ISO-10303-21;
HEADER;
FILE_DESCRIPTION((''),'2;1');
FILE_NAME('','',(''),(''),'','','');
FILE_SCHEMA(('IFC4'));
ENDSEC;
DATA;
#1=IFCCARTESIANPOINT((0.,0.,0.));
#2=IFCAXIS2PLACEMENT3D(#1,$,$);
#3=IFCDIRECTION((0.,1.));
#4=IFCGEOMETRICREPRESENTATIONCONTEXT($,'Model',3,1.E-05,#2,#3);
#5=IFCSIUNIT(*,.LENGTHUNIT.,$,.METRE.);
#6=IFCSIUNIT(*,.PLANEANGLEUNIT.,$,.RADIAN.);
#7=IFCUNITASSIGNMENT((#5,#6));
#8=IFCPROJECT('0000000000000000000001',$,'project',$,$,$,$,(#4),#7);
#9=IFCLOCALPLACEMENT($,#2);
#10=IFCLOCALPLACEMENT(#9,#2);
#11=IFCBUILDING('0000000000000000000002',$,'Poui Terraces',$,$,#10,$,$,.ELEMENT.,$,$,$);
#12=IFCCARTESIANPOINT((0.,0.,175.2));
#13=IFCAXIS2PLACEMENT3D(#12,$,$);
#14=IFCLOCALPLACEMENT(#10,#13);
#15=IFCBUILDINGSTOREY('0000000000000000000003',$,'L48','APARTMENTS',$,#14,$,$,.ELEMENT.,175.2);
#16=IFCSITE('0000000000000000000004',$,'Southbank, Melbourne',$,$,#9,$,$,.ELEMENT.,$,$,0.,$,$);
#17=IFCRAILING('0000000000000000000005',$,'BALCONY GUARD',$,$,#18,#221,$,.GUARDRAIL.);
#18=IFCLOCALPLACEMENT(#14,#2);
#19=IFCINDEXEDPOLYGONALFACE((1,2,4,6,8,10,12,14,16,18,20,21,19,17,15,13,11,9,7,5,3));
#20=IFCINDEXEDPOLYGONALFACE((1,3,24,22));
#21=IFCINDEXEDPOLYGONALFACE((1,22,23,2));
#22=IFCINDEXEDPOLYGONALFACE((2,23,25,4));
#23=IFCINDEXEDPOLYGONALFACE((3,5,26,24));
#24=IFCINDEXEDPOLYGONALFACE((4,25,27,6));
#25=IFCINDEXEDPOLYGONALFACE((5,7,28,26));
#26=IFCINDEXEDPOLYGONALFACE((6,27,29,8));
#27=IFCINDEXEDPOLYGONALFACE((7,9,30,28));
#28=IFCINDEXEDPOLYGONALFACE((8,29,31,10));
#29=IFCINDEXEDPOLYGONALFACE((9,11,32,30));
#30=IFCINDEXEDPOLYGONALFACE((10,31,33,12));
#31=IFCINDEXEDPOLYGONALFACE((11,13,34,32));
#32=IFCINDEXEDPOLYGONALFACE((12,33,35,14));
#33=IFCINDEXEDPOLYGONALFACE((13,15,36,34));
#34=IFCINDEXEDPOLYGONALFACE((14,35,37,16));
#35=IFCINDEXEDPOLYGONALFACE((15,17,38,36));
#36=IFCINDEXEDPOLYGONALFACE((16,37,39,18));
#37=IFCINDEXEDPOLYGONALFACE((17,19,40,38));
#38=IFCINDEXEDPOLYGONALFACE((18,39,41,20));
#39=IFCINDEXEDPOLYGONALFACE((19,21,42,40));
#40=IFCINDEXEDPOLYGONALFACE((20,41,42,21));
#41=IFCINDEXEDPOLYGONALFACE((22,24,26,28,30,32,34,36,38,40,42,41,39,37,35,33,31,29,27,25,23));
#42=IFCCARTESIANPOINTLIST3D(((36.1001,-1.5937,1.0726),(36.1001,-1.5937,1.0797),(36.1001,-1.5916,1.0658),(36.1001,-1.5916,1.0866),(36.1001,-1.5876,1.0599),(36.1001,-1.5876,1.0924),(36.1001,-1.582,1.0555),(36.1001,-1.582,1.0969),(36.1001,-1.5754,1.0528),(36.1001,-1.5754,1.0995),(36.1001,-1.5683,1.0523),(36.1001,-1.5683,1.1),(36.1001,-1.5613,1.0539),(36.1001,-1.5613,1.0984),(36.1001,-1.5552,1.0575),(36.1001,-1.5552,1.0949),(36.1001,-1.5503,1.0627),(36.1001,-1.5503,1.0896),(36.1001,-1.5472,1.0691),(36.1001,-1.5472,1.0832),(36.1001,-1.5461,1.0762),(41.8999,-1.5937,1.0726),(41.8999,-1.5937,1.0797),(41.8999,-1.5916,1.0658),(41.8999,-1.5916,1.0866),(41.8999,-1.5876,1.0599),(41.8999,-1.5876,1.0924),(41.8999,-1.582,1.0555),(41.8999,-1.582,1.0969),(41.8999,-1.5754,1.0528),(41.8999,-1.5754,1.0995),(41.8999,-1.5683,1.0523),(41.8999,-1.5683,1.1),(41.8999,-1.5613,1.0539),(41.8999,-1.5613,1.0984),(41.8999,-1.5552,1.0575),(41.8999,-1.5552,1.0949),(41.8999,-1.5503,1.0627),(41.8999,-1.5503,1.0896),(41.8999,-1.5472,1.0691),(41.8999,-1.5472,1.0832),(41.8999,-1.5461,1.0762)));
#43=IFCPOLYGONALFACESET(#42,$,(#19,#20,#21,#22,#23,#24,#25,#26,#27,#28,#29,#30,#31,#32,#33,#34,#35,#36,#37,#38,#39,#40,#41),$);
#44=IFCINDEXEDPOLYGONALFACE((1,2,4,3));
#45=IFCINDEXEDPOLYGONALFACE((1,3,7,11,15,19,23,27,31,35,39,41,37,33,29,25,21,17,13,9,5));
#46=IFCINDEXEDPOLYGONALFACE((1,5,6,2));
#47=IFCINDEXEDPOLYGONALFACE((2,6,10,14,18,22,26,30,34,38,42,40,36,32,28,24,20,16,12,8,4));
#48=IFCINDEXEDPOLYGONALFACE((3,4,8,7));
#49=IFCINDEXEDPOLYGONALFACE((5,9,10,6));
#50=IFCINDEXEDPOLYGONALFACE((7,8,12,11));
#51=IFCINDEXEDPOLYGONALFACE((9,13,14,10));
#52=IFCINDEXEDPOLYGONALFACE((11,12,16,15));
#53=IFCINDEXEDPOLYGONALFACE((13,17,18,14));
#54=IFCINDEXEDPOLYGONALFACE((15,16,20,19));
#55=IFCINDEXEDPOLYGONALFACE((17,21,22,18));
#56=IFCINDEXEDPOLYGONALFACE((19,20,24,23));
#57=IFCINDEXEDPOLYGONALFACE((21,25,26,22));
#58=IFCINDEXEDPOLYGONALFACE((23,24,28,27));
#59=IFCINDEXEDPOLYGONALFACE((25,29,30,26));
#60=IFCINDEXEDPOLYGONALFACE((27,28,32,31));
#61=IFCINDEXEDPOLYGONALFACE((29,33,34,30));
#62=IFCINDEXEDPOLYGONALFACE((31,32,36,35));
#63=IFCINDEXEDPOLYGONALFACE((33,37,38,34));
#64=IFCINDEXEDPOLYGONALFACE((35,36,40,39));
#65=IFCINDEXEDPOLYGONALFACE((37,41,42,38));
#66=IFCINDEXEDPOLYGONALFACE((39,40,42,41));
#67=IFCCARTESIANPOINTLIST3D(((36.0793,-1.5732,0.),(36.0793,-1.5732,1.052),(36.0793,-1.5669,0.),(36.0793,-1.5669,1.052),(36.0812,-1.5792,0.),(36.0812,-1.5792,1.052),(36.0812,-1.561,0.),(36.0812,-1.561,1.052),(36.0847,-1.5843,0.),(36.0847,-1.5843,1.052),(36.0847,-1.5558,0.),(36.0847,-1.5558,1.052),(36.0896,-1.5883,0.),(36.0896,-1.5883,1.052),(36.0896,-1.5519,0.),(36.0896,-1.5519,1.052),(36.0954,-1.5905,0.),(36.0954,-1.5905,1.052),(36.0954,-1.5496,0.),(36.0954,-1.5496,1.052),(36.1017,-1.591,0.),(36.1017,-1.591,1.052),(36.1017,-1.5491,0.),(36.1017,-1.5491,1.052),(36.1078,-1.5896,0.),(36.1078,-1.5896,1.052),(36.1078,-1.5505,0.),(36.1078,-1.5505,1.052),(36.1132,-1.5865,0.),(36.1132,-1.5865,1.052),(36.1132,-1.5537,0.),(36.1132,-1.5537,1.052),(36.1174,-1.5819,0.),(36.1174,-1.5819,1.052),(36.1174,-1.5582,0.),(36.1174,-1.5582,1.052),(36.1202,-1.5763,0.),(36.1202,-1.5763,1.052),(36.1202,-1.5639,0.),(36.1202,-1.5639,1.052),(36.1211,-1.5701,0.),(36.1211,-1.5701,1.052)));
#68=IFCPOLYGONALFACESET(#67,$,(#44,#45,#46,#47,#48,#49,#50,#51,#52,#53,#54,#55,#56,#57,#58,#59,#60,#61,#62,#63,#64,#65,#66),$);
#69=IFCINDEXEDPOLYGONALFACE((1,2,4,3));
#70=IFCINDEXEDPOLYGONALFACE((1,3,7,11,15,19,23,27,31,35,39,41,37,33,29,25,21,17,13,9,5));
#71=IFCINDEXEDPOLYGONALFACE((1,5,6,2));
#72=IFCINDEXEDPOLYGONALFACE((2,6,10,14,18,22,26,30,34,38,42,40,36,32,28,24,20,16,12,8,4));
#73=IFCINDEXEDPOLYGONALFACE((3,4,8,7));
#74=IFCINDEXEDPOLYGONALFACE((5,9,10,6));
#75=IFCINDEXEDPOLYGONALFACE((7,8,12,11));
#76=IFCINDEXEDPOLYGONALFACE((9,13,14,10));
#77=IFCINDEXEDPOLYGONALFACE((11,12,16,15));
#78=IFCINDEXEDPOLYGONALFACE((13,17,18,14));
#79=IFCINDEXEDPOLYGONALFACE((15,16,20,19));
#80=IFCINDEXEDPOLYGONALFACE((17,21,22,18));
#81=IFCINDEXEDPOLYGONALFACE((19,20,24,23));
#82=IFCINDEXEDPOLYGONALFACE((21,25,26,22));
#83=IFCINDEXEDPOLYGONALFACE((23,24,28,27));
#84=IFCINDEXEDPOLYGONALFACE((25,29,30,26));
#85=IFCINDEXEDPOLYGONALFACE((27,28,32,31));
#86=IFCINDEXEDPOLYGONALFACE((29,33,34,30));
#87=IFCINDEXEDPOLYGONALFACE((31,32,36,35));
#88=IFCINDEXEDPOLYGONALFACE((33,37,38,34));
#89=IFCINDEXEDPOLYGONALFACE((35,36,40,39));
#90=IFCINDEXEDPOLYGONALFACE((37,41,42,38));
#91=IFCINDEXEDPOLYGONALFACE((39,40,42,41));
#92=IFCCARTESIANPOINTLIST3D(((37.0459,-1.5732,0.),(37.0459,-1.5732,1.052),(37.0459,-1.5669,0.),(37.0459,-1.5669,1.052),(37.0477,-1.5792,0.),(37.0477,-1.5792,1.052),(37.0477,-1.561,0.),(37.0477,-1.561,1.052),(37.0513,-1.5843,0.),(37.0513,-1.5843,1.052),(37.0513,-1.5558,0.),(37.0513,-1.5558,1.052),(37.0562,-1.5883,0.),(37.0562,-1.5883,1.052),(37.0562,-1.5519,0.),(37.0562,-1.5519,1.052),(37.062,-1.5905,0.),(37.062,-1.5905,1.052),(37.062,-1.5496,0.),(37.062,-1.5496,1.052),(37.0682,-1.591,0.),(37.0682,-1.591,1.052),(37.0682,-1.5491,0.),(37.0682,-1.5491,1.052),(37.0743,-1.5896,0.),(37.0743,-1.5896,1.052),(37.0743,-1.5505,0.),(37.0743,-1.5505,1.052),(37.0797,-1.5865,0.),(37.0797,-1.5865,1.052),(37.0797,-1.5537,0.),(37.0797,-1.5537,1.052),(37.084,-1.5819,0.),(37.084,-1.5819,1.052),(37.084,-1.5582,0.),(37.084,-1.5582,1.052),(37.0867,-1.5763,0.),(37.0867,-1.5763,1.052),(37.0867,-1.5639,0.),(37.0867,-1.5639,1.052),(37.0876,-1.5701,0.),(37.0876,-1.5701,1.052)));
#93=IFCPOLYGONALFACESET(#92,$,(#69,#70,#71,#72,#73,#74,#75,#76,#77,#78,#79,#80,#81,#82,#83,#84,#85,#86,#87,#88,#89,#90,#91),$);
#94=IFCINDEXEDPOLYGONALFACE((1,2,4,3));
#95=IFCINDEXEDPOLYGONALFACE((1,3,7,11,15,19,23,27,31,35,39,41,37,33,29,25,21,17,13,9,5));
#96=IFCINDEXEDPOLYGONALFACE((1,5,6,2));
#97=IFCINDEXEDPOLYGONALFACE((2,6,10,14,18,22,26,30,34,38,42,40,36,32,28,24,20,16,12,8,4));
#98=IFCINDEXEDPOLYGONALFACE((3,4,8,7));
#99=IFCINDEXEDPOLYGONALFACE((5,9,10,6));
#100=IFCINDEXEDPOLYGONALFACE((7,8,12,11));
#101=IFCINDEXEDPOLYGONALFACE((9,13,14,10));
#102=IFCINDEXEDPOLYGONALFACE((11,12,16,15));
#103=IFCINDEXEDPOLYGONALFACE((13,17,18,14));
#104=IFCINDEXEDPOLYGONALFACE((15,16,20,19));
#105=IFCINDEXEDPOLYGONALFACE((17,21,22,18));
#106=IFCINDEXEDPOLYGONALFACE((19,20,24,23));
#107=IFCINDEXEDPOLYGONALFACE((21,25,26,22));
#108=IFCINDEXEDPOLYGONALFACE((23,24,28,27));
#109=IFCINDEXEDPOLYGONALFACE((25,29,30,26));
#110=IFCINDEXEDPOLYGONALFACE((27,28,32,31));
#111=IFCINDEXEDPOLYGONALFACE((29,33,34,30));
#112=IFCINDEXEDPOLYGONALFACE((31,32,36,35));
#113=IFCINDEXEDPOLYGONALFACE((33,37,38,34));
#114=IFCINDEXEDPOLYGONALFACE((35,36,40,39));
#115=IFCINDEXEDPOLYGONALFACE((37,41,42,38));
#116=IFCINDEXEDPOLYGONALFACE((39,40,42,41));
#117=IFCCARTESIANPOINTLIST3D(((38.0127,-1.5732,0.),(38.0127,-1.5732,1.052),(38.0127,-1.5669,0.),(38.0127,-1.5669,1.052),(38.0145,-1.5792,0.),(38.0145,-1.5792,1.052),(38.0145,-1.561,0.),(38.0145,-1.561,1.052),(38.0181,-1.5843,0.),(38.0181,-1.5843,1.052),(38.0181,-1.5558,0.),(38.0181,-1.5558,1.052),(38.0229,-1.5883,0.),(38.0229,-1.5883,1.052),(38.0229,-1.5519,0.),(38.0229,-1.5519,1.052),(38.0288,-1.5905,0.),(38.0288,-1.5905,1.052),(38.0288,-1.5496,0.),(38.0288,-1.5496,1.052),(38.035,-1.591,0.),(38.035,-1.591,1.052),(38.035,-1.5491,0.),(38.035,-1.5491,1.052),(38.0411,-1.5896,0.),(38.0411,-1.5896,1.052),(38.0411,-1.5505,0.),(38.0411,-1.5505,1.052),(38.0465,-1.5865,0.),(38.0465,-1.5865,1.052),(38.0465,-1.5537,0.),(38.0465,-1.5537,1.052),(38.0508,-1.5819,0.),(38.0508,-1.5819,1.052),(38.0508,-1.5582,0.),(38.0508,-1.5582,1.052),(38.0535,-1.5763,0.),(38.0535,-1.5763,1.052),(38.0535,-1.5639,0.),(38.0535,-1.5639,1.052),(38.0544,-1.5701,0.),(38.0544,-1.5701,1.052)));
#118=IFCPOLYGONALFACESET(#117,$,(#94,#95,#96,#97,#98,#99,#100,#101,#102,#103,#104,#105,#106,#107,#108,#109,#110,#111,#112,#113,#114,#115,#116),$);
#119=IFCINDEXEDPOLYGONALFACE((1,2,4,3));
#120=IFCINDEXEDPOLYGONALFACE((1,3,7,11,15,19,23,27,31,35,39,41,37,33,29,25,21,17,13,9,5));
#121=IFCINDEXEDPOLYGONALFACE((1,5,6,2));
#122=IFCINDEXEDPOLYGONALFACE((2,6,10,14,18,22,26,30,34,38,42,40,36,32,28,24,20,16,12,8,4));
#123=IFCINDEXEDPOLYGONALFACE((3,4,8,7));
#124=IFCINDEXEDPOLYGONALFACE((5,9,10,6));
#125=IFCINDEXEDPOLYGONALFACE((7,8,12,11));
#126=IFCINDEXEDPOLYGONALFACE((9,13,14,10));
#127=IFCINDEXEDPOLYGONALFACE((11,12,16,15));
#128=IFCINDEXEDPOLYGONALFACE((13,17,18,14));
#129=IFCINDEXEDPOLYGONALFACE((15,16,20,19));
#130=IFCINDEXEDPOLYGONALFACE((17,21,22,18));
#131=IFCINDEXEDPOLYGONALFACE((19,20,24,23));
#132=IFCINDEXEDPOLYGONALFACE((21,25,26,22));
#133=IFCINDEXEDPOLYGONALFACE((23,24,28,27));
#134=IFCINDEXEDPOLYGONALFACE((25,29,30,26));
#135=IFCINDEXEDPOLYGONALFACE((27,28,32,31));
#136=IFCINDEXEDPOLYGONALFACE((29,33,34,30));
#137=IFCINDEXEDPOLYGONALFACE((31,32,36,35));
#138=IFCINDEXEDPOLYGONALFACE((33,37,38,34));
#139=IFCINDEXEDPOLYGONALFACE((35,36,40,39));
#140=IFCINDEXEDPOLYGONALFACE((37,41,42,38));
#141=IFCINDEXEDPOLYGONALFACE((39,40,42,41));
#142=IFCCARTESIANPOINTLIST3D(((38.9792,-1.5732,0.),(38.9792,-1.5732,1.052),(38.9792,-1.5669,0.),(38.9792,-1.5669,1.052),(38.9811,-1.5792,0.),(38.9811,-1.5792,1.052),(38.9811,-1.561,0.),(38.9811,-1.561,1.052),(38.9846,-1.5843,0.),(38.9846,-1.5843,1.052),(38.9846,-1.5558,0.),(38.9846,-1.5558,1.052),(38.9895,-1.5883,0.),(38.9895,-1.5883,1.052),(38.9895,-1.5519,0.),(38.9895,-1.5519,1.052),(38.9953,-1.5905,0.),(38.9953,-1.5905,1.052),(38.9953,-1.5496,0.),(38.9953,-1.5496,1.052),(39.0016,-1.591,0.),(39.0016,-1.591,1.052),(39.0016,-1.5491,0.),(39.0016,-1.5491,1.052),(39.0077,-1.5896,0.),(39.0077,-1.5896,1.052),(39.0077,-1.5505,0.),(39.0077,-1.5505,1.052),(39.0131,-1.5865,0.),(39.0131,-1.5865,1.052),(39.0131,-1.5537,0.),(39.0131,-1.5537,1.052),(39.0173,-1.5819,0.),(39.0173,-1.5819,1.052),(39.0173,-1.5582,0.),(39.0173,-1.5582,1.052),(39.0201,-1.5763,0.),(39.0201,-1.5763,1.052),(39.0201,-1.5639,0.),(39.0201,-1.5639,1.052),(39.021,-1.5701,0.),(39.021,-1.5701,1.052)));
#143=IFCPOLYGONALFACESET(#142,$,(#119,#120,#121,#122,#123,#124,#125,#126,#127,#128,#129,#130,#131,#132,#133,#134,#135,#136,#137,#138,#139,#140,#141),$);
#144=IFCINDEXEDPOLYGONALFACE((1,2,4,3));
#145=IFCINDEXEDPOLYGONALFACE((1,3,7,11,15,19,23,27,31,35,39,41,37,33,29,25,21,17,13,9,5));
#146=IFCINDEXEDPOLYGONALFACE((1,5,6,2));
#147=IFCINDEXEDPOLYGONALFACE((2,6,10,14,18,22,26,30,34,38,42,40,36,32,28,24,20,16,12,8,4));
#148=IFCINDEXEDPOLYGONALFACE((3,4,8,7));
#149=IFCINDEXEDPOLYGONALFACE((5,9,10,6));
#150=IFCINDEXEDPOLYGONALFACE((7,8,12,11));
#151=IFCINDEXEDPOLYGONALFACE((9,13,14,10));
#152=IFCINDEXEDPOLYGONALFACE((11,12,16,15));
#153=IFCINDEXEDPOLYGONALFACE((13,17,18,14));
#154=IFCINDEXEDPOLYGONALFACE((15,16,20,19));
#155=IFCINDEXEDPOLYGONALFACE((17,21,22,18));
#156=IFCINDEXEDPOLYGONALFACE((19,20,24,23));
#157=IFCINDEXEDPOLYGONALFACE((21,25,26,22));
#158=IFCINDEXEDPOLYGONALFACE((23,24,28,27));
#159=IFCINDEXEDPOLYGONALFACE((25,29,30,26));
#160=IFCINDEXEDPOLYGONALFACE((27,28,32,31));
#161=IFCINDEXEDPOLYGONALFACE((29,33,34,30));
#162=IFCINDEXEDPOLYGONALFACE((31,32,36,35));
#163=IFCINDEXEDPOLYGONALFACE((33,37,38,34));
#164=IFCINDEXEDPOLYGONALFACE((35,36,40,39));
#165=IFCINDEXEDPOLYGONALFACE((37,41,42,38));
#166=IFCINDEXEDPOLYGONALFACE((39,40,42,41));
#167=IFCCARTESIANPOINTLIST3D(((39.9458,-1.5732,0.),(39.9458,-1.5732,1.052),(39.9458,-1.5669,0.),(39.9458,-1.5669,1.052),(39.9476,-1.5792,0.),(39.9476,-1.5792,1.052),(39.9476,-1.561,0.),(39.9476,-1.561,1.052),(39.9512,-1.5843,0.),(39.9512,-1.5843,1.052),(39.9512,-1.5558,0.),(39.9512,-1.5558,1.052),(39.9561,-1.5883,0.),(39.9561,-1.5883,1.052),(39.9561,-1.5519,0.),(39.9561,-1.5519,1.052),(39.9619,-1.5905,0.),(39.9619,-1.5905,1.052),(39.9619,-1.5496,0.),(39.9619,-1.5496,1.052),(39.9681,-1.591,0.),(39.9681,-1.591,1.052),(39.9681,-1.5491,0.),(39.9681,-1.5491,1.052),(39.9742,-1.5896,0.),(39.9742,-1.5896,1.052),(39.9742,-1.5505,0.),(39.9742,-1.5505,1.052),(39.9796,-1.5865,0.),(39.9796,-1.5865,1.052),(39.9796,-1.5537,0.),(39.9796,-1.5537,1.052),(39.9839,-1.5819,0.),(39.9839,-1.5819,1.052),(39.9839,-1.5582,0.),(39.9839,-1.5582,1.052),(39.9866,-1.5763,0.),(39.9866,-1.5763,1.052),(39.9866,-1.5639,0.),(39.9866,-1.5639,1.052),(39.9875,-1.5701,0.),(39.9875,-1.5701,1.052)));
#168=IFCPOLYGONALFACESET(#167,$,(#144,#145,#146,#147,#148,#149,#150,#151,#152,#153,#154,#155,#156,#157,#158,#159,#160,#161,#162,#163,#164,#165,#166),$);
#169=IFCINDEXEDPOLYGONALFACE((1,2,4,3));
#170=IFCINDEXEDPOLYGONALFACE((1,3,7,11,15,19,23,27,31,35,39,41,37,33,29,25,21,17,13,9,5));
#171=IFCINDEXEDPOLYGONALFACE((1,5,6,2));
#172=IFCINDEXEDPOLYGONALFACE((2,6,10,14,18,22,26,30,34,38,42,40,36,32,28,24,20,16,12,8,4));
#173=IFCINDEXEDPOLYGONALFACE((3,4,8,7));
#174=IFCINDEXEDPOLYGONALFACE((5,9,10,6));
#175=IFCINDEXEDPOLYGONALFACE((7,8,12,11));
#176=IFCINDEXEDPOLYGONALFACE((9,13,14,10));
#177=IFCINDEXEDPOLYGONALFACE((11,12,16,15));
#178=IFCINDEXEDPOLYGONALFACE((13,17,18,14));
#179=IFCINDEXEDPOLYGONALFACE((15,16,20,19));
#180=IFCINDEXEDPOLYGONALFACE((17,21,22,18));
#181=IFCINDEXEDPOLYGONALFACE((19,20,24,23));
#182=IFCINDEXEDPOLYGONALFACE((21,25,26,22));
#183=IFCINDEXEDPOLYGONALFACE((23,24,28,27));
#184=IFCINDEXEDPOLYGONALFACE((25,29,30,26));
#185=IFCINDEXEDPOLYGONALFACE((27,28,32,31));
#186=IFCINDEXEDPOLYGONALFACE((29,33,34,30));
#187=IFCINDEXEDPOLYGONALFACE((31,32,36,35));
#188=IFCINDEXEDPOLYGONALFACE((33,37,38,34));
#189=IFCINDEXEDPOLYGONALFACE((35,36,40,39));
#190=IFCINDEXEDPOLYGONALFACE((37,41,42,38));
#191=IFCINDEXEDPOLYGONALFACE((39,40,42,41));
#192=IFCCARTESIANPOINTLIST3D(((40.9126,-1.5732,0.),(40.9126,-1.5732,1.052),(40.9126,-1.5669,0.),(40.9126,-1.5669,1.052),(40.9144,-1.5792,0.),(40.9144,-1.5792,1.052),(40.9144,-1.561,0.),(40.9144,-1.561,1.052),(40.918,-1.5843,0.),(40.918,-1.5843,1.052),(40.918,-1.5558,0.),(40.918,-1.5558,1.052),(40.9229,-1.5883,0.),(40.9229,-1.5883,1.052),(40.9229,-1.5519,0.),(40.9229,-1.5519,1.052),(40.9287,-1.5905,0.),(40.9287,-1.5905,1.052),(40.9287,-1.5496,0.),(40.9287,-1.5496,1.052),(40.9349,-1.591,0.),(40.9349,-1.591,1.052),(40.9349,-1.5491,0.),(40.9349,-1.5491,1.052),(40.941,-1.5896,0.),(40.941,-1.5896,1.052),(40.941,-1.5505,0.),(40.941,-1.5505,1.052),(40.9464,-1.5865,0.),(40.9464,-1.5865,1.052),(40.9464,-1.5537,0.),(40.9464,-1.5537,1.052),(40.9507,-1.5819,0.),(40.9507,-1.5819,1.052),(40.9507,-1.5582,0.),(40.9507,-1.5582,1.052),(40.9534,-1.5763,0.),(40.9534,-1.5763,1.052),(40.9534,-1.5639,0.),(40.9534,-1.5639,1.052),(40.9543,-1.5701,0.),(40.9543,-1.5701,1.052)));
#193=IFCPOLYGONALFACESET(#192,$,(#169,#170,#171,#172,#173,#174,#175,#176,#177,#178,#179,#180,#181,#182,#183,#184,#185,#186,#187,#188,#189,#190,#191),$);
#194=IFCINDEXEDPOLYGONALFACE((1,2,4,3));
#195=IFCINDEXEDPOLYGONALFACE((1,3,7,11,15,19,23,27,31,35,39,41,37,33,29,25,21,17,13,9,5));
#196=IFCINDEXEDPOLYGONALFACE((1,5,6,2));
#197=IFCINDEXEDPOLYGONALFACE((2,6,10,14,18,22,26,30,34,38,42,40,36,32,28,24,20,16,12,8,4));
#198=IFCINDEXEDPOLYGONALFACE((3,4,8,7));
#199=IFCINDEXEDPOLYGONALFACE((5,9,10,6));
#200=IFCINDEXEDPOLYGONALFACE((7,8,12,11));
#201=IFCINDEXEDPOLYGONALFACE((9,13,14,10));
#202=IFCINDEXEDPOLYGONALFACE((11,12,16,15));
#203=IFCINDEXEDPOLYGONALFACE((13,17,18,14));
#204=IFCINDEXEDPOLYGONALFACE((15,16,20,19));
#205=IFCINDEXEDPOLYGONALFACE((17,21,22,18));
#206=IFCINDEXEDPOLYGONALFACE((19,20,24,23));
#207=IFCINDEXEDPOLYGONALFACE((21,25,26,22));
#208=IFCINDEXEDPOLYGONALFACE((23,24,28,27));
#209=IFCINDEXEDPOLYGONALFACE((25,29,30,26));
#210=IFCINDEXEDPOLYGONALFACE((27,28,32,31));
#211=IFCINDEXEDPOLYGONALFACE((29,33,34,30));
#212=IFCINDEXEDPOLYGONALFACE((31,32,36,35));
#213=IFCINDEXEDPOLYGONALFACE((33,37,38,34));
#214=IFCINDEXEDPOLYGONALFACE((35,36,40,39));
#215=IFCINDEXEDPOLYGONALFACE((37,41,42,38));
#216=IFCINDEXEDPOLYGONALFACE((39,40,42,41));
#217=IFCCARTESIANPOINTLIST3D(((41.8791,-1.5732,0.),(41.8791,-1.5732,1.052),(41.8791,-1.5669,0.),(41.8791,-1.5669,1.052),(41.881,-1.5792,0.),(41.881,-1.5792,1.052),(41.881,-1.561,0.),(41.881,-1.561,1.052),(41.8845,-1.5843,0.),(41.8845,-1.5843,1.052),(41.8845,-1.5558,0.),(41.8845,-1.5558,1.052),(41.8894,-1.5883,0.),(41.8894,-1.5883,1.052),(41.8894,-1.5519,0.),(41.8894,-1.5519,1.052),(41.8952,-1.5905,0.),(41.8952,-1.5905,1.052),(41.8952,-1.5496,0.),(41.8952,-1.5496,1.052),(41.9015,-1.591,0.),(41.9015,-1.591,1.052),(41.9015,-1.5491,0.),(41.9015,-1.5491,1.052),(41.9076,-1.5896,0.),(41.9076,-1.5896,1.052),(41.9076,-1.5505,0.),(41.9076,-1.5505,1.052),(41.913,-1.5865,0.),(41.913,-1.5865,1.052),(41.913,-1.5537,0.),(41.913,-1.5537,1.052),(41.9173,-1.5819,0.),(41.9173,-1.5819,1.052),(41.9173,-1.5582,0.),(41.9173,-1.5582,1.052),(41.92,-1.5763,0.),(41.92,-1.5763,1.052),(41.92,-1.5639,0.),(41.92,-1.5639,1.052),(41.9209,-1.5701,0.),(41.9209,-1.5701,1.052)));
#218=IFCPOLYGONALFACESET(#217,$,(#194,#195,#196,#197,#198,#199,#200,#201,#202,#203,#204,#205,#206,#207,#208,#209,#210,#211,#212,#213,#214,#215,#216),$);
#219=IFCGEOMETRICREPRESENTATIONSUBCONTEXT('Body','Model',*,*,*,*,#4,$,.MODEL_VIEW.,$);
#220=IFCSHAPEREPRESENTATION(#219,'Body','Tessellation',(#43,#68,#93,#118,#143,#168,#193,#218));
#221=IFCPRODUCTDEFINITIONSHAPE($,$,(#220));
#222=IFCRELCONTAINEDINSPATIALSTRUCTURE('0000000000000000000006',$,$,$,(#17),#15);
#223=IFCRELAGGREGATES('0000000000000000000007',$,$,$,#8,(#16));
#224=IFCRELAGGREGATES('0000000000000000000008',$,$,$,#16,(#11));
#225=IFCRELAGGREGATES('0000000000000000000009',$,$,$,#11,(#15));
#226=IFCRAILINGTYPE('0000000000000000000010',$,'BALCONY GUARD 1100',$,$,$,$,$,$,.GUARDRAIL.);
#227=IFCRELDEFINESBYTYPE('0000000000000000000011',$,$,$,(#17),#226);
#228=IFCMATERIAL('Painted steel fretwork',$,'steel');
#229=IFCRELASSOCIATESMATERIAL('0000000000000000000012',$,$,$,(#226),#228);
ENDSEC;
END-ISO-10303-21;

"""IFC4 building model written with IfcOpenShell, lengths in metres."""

from ifc_helpers import new_model, si_unit, direction, frame, origin, origin_2d, place, context, subcontext, project, spatial, circle, extrude, material, type_object, element, save


model = new_model("IFC4")

# Units and contexts
model_context = context("Model", 3, precision=1e-05, world=origin(), true_north=direction((0.0, 1.0)))
body_context = subcontext(model_context, "Body", "Model", "MODEL_VIEW")
ifc_project = project(units=[si_unit("LENGTHUNIT", "METRE"), si_unit("PLANEANGLEUNIT", "RADIAN")], contexts=[model_context])

# Site, building, storey
site_placement = place(None, origin())
site = spatial("IfcSite", under=ifc_project, at=site_placement, Name="Southbank, Melbourne", CompositionType="ELEMENT", RefElevation=0.0)
building_placement = place(site_placement, origin())
building = spatial("IfcBuilding", under=site, at=building_placement, Name="Poui Terraces", CompositionType="ELEMENT")
storey_placement = place(building_placement, frame((0.0, 0.0, 175.2)))
storey = spatial("IfcBuildingStorey", under=building, at=storey_placement, Name="L48", Description="APARTMENTS", CompositionType="ELEMENT", Elevation=175.2)

# Railing
ifc_material_1 = material(Name="Painted steel fretwork", Category="steel")
railing_type = type_object("IfcRailingType", Name="BALCONY GUARD 1100", PredefinedType="GUARDRAIL", material=ifc_material_1)
railing_placement = place(storey_placement, frame((36.1001, -1.5701, 0.0)))
element("IfcRailing", 1, at=railing_placement, inside=storey, type_object=railing_type, Name="BALCONY GUARD", PredefinedType="GUARDRAIL", context=body_context, shape_type="SweptSolid", body=[
    extrude(circle(Radius=0.0239, at=origin_2d()), frame((0.0, 0.0, 1.0762), z_axis=(1.0, 0.0, 0.0), x_axis=(0.0, 1.0, 0.0)), (0.0, 0.0, 1.0), 5.7998),
    extrude(circle(Radius=0.021, at=origin_2d()), origin(), (0.0, 0.0, 1.0), 1.052),
    extrude(circle(Radius=0.021, at=origin_2d()), frame((0.9666, 0.0, 0.0)), (0.0, 0.0, 1.0), 1.052),
    extrude(circle(Radius=0.021, at=origin_2d()), frame((1.9333, 0.0, 0.0)), (0.0, 0.0, 1.0), 1.052),
    extrude(circle(Radius=0.021, at=origin_2d()), frame((2.8999, 0.0, 0.0)), (0.0, 0.0, 1.0), 1.052),
    extrude(circle(Radius=0.021, at=origin_2d()), frame((3.8665, 0.0, 0.0)), (0.0, 0.0, 1.0), 1.052),
    extrude(circle(Radius=0.021, at=origin_2d()), frame((4.8333, 0.0, 0.0)), (0.0, 0.0, 1.0), 1.052),
    extrude(circle(Radius=0.021, at=origin_2d()), frame((5.7998, 0.0, 0.0)), (0.0, 0.0, 1.0), 1.052),
])

save(model, "model.ifc")
